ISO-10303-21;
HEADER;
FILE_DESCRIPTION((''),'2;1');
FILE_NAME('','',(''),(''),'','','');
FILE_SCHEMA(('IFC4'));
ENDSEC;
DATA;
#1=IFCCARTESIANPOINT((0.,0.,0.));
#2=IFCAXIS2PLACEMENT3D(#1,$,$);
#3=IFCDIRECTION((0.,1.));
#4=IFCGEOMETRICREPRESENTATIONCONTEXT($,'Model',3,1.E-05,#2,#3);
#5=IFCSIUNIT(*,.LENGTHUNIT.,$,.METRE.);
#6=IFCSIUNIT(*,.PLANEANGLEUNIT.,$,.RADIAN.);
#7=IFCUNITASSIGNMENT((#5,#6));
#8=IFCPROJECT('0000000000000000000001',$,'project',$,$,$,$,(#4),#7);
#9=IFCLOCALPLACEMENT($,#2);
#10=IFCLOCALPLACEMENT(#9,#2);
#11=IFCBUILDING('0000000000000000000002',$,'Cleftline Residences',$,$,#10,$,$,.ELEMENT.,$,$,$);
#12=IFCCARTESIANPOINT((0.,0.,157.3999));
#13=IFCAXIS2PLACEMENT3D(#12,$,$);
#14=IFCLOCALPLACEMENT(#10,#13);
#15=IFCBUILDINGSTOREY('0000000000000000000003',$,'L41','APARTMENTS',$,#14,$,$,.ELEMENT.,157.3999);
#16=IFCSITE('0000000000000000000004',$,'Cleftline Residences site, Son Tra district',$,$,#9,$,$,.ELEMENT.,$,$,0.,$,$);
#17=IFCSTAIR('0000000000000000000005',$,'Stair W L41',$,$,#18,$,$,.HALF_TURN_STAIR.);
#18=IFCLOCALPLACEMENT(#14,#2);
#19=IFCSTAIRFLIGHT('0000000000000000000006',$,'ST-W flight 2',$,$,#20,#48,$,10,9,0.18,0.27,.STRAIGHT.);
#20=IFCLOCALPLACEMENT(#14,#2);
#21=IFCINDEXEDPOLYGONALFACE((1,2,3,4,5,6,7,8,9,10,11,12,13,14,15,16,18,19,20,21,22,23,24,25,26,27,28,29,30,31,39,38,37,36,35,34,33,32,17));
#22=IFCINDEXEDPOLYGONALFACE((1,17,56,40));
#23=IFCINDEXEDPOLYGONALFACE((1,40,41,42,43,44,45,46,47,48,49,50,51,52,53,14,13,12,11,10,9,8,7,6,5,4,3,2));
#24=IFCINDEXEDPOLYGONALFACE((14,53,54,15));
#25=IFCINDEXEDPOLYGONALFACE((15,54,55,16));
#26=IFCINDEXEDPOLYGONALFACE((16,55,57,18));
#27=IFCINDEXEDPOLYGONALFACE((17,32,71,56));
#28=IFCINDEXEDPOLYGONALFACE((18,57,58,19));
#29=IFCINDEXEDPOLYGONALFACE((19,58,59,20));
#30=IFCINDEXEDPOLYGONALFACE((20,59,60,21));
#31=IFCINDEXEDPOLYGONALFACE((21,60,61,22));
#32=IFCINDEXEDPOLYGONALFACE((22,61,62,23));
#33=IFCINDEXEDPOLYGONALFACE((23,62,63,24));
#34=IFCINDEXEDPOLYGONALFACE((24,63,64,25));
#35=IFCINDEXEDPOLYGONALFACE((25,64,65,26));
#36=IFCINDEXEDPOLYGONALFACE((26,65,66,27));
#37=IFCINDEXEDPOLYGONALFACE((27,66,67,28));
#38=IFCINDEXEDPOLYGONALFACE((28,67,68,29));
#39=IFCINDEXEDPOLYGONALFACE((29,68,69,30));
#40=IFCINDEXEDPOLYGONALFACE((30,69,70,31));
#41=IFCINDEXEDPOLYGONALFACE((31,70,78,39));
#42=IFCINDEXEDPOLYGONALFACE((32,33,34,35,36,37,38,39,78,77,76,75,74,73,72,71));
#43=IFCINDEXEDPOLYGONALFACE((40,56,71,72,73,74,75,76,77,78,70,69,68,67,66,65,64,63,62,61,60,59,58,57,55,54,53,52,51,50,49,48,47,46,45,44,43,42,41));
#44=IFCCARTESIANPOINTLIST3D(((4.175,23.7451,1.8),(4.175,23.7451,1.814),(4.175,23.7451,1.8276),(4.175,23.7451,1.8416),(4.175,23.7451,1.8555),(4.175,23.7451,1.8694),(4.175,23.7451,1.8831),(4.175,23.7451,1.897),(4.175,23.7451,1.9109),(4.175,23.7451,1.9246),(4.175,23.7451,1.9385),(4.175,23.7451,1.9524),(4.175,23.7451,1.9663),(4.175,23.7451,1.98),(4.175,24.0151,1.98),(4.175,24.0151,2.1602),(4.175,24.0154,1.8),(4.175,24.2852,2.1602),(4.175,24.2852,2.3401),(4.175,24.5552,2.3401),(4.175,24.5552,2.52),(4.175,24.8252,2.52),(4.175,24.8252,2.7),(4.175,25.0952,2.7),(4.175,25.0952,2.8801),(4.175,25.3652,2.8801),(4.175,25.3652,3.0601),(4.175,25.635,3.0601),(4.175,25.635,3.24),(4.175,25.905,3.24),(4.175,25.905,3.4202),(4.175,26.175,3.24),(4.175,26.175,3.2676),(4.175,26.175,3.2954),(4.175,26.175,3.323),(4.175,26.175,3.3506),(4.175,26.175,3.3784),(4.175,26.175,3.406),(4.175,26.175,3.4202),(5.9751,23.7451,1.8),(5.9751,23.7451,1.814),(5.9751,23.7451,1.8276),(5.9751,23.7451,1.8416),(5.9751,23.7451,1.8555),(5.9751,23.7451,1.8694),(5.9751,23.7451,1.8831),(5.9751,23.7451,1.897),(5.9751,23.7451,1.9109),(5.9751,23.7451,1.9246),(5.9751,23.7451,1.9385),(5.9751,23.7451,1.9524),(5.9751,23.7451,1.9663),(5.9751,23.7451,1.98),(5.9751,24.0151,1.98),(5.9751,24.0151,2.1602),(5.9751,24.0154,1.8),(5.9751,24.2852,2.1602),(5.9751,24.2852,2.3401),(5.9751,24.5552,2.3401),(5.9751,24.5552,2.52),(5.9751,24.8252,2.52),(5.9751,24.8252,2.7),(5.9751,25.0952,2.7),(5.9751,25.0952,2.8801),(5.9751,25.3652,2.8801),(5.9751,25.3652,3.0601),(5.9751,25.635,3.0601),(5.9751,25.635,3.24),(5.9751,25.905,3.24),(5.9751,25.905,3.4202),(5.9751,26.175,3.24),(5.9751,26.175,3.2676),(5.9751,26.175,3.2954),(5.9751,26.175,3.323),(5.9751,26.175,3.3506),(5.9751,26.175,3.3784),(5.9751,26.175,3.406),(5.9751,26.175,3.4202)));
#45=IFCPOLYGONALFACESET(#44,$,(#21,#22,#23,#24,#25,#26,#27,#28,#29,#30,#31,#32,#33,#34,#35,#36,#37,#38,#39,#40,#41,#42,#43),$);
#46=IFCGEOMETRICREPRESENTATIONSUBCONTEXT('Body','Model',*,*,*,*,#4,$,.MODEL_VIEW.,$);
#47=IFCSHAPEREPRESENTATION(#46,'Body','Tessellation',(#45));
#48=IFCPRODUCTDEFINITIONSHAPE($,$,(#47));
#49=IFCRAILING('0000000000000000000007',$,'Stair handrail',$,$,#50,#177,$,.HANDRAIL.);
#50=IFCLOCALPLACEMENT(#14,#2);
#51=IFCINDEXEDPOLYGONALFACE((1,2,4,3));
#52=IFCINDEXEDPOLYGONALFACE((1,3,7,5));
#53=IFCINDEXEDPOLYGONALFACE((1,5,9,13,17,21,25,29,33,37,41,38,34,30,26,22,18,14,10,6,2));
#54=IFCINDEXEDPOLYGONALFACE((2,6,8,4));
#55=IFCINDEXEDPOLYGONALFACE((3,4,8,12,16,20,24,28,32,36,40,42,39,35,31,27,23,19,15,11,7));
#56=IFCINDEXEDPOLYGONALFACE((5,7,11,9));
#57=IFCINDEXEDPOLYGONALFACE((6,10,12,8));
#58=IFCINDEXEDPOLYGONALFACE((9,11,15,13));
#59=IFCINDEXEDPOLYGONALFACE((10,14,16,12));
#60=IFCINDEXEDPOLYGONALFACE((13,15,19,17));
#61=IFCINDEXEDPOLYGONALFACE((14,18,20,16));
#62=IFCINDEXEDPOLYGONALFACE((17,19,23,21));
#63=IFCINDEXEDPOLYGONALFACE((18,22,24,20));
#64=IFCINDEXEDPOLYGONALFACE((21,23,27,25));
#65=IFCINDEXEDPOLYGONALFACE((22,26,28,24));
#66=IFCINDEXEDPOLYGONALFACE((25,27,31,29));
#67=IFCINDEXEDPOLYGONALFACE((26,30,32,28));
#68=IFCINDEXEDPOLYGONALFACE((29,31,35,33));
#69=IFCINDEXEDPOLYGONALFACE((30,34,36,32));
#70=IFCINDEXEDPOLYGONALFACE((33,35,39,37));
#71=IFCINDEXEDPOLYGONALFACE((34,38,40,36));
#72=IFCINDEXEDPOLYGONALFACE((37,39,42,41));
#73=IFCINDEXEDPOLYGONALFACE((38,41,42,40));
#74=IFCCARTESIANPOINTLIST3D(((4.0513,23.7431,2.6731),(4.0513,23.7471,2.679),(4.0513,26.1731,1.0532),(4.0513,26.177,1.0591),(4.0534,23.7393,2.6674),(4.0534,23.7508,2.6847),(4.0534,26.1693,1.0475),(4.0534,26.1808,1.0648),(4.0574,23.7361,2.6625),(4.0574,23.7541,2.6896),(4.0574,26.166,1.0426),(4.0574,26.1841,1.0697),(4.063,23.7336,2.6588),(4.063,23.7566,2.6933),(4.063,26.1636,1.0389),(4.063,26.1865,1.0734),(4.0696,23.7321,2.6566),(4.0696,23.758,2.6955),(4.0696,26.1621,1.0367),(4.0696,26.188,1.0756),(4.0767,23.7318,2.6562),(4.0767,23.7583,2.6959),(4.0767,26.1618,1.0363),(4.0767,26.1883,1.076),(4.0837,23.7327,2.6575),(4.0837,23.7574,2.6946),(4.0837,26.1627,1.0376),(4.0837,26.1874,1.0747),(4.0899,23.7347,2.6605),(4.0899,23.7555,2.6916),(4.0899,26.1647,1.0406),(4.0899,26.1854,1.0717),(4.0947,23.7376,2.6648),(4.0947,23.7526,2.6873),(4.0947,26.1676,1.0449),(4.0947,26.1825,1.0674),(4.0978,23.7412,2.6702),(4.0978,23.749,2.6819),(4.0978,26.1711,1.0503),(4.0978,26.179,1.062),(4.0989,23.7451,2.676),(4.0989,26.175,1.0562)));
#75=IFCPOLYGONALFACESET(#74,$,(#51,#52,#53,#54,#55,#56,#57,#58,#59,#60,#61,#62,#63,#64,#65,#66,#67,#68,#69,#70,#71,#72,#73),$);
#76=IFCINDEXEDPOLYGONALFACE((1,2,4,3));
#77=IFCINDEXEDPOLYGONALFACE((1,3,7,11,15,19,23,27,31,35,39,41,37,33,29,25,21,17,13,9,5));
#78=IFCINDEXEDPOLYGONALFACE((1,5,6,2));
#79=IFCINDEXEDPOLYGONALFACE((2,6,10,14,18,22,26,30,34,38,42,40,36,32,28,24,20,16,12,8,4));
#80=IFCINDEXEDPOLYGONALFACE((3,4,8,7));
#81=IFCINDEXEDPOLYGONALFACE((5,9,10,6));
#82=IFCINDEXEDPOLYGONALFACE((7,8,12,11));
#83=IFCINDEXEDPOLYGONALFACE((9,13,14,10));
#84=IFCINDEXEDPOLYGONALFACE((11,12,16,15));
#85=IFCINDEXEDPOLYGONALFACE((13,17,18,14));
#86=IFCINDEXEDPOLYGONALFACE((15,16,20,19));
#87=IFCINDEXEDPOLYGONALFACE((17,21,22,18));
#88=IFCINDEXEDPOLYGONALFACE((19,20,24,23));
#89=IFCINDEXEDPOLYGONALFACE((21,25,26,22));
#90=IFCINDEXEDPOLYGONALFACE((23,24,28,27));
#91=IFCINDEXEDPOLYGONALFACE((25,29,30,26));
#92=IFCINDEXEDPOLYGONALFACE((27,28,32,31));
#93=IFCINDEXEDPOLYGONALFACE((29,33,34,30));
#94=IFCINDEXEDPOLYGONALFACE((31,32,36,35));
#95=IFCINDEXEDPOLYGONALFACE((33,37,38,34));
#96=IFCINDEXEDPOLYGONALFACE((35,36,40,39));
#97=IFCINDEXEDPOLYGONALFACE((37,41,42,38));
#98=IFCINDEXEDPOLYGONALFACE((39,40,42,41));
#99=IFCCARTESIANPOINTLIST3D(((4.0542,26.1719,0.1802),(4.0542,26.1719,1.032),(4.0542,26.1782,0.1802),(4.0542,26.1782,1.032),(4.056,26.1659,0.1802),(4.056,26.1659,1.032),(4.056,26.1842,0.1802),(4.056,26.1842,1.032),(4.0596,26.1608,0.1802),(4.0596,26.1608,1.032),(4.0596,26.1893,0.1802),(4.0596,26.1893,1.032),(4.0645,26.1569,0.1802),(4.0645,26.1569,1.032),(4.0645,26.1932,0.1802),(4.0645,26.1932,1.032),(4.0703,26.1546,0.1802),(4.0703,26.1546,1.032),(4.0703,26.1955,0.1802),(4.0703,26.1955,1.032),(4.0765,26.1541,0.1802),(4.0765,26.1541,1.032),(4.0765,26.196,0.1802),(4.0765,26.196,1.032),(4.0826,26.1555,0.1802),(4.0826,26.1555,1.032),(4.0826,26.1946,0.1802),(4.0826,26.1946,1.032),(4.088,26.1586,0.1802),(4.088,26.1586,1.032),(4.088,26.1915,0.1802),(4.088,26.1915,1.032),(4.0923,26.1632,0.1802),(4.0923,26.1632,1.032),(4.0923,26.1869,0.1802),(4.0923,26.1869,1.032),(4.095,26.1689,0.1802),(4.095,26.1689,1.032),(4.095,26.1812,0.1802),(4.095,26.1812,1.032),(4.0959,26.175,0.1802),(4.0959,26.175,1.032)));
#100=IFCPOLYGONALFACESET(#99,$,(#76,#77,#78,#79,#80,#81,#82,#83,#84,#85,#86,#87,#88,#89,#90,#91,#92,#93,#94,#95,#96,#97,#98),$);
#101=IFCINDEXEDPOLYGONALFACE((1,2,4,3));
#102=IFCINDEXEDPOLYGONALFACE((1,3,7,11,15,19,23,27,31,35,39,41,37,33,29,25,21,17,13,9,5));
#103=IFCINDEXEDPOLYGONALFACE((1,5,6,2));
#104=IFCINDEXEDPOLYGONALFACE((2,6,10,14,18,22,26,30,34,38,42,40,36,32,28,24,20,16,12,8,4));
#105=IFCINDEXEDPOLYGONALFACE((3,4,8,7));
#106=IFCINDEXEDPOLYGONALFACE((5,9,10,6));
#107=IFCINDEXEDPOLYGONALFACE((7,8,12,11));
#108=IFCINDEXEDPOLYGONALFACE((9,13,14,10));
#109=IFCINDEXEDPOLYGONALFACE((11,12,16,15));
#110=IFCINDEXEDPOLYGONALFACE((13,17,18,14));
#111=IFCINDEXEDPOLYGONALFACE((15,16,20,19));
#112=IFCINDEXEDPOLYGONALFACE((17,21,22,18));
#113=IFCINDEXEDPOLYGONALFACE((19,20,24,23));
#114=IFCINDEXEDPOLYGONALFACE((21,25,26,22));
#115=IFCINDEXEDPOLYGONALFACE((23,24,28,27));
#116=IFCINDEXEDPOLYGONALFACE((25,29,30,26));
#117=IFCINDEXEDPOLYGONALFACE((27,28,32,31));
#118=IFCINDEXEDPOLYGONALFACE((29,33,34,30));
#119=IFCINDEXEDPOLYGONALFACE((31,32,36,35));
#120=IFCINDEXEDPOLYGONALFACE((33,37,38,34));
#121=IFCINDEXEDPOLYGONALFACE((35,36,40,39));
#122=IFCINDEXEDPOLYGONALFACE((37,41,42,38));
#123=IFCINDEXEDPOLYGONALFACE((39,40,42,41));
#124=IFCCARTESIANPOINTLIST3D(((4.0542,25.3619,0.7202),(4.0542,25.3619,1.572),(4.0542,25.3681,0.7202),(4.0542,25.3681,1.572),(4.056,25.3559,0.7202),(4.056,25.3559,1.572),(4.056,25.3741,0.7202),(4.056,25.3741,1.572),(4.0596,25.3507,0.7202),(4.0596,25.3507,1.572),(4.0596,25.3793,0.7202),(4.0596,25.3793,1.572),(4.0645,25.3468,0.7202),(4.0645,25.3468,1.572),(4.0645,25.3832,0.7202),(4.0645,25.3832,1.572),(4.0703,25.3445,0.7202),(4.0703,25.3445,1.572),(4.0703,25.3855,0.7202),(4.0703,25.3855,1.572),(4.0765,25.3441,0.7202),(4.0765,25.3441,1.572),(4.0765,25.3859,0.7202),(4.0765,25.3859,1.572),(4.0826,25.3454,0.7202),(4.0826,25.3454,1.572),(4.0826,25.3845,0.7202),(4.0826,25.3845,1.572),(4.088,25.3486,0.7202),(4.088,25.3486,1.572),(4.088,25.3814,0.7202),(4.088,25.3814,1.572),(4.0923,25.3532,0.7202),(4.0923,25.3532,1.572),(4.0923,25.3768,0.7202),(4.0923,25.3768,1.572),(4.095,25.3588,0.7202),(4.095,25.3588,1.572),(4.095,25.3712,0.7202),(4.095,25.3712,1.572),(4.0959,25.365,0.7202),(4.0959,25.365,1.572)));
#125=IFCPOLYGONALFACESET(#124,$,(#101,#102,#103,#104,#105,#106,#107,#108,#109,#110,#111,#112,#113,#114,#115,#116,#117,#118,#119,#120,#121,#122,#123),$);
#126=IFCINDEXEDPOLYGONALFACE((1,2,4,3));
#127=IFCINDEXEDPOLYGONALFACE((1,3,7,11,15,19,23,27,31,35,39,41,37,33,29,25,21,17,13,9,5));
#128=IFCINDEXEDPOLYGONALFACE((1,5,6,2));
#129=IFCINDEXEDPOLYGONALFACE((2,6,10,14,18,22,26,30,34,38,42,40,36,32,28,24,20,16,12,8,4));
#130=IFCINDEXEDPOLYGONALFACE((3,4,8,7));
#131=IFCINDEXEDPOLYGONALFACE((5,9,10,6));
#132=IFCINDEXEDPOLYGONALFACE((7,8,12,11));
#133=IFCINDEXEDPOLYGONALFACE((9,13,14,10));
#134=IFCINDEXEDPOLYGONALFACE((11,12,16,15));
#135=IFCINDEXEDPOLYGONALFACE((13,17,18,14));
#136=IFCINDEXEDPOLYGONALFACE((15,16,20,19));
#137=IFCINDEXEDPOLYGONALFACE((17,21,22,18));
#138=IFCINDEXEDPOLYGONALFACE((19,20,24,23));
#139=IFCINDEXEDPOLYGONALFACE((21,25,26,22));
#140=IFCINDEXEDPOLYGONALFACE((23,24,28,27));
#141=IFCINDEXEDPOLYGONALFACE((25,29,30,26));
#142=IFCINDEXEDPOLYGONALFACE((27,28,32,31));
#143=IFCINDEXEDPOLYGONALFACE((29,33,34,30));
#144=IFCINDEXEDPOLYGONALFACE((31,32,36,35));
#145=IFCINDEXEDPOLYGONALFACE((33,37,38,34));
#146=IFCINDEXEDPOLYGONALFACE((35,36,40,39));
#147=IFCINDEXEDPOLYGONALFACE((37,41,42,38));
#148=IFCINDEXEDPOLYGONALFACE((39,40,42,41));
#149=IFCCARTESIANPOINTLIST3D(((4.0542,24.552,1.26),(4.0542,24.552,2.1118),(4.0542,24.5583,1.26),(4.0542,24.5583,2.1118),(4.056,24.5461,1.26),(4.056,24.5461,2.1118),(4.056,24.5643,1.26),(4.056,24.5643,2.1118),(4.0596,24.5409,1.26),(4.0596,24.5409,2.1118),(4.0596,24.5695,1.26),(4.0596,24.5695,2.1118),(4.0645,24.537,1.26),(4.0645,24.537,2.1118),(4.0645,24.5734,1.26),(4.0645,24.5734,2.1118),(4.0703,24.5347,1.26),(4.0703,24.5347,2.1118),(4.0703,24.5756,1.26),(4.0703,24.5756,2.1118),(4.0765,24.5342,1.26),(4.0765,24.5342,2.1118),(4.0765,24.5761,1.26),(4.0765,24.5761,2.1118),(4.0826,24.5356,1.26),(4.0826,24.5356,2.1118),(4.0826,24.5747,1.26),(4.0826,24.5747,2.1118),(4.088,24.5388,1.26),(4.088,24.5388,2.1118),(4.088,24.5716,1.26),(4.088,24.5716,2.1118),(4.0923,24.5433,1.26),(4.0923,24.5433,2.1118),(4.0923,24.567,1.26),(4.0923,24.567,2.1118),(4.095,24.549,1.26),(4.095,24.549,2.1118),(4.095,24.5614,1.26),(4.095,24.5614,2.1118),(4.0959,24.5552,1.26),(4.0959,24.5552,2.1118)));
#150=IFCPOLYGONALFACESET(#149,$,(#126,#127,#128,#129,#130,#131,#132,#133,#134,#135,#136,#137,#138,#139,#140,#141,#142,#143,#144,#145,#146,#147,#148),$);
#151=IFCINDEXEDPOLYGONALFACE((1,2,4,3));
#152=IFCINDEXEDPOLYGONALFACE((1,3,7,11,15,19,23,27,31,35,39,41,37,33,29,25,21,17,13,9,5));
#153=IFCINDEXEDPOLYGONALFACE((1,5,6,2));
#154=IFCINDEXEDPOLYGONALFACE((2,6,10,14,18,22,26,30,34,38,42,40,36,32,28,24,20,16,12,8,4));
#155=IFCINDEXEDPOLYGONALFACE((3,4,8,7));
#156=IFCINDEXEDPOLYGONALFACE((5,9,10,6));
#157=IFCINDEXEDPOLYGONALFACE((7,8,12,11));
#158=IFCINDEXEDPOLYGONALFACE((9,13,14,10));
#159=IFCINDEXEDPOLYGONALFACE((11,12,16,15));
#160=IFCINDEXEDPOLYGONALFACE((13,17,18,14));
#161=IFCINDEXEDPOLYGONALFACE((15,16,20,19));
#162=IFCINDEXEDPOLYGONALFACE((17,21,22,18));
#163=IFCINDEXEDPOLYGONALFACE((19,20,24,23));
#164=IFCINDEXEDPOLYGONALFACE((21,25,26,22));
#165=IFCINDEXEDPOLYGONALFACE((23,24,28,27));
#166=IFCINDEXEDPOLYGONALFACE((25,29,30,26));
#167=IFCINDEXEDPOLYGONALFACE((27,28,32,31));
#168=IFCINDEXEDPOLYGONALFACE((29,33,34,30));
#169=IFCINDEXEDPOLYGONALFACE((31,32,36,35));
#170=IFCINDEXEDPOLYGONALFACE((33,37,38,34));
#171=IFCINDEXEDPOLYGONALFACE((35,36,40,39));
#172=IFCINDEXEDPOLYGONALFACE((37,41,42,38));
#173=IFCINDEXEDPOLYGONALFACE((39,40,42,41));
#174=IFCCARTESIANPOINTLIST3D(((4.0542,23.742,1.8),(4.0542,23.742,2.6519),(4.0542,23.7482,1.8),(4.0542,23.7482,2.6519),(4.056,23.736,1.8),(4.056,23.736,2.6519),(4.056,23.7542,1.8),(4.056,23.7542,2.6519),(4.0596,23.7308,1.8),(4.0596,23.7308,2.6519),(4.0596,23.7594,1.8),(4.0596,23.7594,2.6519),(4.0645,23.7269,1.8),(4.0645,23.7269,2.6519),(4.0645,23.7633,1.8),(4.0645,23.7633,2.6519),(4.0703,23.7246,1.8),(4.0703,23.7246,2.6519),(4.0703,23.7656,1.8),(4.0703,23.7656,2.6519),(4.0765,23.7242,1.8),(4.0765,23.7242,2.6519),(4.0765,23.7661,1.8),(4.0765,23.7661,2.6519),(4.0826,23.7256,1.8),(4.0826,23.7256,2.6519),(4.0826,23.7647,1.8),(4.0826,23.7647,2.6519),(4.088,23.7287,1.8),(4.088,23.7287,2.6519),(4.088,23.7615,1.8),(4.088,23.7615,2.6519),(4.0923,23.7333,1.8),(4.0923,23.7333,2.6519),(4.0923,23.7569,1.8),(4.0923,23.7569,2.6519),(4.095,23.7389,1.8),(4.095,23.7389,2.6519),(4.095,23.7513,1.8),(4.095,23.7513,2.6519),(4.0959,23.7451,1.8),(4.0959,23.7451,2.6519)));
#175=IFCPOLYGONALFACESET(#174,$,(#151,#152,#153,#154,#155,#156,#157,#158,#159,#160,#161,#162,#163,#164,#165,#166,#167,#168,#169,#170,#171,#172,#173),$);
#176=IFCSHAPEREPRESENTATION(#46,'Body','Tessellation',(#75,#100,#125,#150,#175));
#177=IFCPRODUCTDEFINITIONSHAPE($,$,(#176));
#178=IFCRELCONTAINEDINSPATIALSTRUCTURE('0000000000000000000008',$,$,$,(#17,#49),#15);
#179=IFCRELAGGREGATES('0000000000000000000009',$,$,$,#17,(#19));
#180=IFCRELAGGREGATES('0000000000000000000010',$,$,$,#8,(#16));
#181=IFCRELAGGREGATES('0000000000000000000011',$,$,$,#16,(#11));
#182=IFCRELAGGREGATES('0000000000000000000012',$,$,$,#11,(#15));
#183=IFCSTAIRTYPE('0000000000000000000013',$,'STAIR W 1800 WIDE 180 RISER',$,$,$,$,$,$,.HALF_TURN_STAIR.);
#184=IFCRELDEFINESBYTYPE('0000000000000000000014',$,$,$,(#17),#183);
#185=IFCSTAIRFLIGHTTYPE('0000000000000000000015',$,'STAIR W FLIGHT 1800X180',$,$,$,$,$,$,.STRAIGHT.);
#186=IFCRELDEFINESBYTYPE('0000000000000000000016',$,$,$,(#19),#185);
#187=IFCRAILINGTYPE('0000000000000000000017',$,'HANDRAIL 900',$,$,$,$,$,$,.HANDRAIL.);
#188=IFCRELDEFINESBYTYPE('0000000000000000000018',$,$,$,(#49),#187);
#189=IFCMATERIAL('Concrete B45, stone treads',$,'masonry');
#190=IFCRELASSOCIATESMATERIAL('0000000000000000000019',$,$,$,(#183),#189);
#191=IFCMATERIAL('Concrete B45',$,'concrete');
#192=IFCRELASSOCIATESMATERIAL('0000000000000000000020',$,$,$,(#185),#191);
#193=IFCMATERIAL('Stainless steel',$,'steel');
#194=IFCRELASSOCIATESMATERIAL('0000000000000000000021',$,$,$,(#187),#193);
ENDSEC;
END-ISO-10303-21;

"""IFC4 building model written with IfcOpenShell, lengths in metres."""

from ifc_helpers import new_model, si_unit, direction, frame, origin, origin_2d, place, context, subcontext, project, spatial, polyline, circle, outline, extrude, material, type_object, element, aggregate, save


model = new_model("IFC4")

# Units and contexts
model_context = context("Model", 3, precision=1e-05, world=origin(), true_north=direction((0.0, 1.0)))
body_context = subcontext(model_context, "Body", "Model", "MODEL_VIEW")
ifc_project = project(units=[si_unit("LENGTHUNIT", "METRE"), si_unit("PLANEANGLEUNIT", "RADIAN")], contexts=[model_context])

# Site, building, storey
site_placement = place(None, origin())
site = spatial("IfcSite", under=ifc_project, at=site_placement, Name="Cleftline Residences site, Son Tra district", CompositionType="ELEMENT", RefElevation=0.0)
building_placement = place(site_placement, origin())
building = spatial("IfcBuilding", under=site, at=building_placement, Name="Cleftline Residences", CompositionType="ELEMENT")
storey_placement = place(building_placement, frame((0.0, 0.0, 157.3999)))
storey = spatial("IfcBuildingStorey", under=building, at=storey_placement, Name="L41", Description="APARTMENTS", CompositionType="ELEMENT", Elevation=157.3999)

# Stair, stair flight
ifc_material_1 = material(Name="Concrete B45, stone treads", Category="masonry")
stair_type = type_object("IfcStairType", Name="STAIR W 1800 WIDE 180 RISER", PredefinedType="HALF_TURN_STAIR", material=ifc_material_1)
stair_placement = place(storey_placement, origin())
stair = element("IfcStair", 1, at=stair_placement, inside=storey, type_object=stair_type, Name="Stair W L41", PredefinedType="HALF_TURN_STAIR")
ifc_material_2 = material(Name="Concrete B45", Category="concrete")
stair_flight_type = type_object("IfcStairFlightType", Name="STAIR W FLIGHT 1800X180", PredefinedType="STRAIGHT", material=ifc_material_2)
stair_flight_1_placement = place(storey_placement, frame((5.075, 23.7451, 1.8), z_axis=(0.0, 0.0, 1.0), x_axis=(0.0, 1.0, 0.0)))
stair_flight_1 = element("IfcStairFlight", 2, at=stair_flight_1_placement, type_object=stair_flight_type, Name="ST-W flight 2", NumberOfRisers=10, NumberOfTreads=9, PredefinedType="STRAIGHT", RiserHeight=0.18, TreadLength=0.27, context=body_context, shape_type="SweptSolid", body=[
    extrude(outline(polyline([(0.0, 0.0), (0.0, 0.0139), (0.0, 0.0276), (0.0, 0.0415), (0.0, 0.0554), (0.0, 0.0693), (0.0, 0.083), (0.0, 0.0969), (0.0, 0.1108), (0.0, 0.1245), (0.0, 0.1384), (0.0, 0.1523), (0.0, 0.1663), (0.0, 0.1799), (0.27, 0.1799), (0.27, 0.3601), (0.54, 0.3601), (0.54, 0.54), (0.8101, 0.54), (0.8101, 0.72), (1.0801, 0.72), (1.0801, 0.8999), (1.3501, 0.8999), (1.3501, 1.0801), (1.6201, 1.0801), (1.6201, 1.26), (1.8899, 1.26), (1.8899, 1.4399), (2.1599, 1.4399), (2.1599, 1.6201), (2.4299, 1.6201), (2.4299, 1.8), (2.4299, 1.7722), (2.4299, 1.7446), (2.4299, 1.7168), (2.4299, 1.6892), (2.4299, 1.6614), (2.4299, 1.6338), (2.4299, 1.606), (2.4299, 1.5784), (2.4299, 1.5505), (2.4299, 1.5229), (2.4299, 1.4954), (2.4299, 1.4675), (2.4299, 1.4399), (0.2703, 0.0), (0.0, 0.0)])), frame((0.0, 0.8999, 0.0), z_axis=(0.0, -1.0, 0.0), x_axis=(1.0, 0.0, 0.0)), (0.0, 0.0, 1.0), 1.8),
])
aggregate(stair, [stair_flight_1])

# Railing
ifc_material_3 = material(Name="Stainless steel", Category="steel")
railing_type = type_object("IfcRailingType", Name="HANDRAIL 900", PredefinedType="HANDRAIL", material=ifc_material_3)
railing_1_placement = place(storey_placement, frame((4.075, 26.175, 0.1802)))
element("IfcRailing", 3, at=railing_1_placement, inside=storey, type_object=railing_type, Name="Stair handrail", PredefinedType="HANDRAIL", context=body_context, shape_type="SweptSolid", body=[
    extrude(circle(Radius=0.0239, at=origin_2d()), frame((0.0, 0.0, 0.876), z_axis=(0.0, -0.832063, 0.554681), x_axis=(1.0, 0.0, 0.0)), (0.0, 0.0, 1.0), 2.9204),
    extrude(circle(Radius=0.021, at=origin_2d()), origin(), (0.0, 0.0, 1.0), 0.8518),
    extrude(circle(Radius=0.021, at=origin_2d()), frame((0.0, -0.8101, 0.54)), (0.0, 0.0, 1.0), 0.8518),
    extrude(circle(Radius=0.021, at=origin_2d()), frame((0.0, -1.6199, 1.0798)), (0.0, 0.0, 1.0), 0.8518),
    extrude(circle(Radius=0.021, at=origin_2d()), frame((0.0, -2.4299, 1.6199)), (0.0, 0.0, 1.0), 0.8518),
])

save(model, "model.ifc")
